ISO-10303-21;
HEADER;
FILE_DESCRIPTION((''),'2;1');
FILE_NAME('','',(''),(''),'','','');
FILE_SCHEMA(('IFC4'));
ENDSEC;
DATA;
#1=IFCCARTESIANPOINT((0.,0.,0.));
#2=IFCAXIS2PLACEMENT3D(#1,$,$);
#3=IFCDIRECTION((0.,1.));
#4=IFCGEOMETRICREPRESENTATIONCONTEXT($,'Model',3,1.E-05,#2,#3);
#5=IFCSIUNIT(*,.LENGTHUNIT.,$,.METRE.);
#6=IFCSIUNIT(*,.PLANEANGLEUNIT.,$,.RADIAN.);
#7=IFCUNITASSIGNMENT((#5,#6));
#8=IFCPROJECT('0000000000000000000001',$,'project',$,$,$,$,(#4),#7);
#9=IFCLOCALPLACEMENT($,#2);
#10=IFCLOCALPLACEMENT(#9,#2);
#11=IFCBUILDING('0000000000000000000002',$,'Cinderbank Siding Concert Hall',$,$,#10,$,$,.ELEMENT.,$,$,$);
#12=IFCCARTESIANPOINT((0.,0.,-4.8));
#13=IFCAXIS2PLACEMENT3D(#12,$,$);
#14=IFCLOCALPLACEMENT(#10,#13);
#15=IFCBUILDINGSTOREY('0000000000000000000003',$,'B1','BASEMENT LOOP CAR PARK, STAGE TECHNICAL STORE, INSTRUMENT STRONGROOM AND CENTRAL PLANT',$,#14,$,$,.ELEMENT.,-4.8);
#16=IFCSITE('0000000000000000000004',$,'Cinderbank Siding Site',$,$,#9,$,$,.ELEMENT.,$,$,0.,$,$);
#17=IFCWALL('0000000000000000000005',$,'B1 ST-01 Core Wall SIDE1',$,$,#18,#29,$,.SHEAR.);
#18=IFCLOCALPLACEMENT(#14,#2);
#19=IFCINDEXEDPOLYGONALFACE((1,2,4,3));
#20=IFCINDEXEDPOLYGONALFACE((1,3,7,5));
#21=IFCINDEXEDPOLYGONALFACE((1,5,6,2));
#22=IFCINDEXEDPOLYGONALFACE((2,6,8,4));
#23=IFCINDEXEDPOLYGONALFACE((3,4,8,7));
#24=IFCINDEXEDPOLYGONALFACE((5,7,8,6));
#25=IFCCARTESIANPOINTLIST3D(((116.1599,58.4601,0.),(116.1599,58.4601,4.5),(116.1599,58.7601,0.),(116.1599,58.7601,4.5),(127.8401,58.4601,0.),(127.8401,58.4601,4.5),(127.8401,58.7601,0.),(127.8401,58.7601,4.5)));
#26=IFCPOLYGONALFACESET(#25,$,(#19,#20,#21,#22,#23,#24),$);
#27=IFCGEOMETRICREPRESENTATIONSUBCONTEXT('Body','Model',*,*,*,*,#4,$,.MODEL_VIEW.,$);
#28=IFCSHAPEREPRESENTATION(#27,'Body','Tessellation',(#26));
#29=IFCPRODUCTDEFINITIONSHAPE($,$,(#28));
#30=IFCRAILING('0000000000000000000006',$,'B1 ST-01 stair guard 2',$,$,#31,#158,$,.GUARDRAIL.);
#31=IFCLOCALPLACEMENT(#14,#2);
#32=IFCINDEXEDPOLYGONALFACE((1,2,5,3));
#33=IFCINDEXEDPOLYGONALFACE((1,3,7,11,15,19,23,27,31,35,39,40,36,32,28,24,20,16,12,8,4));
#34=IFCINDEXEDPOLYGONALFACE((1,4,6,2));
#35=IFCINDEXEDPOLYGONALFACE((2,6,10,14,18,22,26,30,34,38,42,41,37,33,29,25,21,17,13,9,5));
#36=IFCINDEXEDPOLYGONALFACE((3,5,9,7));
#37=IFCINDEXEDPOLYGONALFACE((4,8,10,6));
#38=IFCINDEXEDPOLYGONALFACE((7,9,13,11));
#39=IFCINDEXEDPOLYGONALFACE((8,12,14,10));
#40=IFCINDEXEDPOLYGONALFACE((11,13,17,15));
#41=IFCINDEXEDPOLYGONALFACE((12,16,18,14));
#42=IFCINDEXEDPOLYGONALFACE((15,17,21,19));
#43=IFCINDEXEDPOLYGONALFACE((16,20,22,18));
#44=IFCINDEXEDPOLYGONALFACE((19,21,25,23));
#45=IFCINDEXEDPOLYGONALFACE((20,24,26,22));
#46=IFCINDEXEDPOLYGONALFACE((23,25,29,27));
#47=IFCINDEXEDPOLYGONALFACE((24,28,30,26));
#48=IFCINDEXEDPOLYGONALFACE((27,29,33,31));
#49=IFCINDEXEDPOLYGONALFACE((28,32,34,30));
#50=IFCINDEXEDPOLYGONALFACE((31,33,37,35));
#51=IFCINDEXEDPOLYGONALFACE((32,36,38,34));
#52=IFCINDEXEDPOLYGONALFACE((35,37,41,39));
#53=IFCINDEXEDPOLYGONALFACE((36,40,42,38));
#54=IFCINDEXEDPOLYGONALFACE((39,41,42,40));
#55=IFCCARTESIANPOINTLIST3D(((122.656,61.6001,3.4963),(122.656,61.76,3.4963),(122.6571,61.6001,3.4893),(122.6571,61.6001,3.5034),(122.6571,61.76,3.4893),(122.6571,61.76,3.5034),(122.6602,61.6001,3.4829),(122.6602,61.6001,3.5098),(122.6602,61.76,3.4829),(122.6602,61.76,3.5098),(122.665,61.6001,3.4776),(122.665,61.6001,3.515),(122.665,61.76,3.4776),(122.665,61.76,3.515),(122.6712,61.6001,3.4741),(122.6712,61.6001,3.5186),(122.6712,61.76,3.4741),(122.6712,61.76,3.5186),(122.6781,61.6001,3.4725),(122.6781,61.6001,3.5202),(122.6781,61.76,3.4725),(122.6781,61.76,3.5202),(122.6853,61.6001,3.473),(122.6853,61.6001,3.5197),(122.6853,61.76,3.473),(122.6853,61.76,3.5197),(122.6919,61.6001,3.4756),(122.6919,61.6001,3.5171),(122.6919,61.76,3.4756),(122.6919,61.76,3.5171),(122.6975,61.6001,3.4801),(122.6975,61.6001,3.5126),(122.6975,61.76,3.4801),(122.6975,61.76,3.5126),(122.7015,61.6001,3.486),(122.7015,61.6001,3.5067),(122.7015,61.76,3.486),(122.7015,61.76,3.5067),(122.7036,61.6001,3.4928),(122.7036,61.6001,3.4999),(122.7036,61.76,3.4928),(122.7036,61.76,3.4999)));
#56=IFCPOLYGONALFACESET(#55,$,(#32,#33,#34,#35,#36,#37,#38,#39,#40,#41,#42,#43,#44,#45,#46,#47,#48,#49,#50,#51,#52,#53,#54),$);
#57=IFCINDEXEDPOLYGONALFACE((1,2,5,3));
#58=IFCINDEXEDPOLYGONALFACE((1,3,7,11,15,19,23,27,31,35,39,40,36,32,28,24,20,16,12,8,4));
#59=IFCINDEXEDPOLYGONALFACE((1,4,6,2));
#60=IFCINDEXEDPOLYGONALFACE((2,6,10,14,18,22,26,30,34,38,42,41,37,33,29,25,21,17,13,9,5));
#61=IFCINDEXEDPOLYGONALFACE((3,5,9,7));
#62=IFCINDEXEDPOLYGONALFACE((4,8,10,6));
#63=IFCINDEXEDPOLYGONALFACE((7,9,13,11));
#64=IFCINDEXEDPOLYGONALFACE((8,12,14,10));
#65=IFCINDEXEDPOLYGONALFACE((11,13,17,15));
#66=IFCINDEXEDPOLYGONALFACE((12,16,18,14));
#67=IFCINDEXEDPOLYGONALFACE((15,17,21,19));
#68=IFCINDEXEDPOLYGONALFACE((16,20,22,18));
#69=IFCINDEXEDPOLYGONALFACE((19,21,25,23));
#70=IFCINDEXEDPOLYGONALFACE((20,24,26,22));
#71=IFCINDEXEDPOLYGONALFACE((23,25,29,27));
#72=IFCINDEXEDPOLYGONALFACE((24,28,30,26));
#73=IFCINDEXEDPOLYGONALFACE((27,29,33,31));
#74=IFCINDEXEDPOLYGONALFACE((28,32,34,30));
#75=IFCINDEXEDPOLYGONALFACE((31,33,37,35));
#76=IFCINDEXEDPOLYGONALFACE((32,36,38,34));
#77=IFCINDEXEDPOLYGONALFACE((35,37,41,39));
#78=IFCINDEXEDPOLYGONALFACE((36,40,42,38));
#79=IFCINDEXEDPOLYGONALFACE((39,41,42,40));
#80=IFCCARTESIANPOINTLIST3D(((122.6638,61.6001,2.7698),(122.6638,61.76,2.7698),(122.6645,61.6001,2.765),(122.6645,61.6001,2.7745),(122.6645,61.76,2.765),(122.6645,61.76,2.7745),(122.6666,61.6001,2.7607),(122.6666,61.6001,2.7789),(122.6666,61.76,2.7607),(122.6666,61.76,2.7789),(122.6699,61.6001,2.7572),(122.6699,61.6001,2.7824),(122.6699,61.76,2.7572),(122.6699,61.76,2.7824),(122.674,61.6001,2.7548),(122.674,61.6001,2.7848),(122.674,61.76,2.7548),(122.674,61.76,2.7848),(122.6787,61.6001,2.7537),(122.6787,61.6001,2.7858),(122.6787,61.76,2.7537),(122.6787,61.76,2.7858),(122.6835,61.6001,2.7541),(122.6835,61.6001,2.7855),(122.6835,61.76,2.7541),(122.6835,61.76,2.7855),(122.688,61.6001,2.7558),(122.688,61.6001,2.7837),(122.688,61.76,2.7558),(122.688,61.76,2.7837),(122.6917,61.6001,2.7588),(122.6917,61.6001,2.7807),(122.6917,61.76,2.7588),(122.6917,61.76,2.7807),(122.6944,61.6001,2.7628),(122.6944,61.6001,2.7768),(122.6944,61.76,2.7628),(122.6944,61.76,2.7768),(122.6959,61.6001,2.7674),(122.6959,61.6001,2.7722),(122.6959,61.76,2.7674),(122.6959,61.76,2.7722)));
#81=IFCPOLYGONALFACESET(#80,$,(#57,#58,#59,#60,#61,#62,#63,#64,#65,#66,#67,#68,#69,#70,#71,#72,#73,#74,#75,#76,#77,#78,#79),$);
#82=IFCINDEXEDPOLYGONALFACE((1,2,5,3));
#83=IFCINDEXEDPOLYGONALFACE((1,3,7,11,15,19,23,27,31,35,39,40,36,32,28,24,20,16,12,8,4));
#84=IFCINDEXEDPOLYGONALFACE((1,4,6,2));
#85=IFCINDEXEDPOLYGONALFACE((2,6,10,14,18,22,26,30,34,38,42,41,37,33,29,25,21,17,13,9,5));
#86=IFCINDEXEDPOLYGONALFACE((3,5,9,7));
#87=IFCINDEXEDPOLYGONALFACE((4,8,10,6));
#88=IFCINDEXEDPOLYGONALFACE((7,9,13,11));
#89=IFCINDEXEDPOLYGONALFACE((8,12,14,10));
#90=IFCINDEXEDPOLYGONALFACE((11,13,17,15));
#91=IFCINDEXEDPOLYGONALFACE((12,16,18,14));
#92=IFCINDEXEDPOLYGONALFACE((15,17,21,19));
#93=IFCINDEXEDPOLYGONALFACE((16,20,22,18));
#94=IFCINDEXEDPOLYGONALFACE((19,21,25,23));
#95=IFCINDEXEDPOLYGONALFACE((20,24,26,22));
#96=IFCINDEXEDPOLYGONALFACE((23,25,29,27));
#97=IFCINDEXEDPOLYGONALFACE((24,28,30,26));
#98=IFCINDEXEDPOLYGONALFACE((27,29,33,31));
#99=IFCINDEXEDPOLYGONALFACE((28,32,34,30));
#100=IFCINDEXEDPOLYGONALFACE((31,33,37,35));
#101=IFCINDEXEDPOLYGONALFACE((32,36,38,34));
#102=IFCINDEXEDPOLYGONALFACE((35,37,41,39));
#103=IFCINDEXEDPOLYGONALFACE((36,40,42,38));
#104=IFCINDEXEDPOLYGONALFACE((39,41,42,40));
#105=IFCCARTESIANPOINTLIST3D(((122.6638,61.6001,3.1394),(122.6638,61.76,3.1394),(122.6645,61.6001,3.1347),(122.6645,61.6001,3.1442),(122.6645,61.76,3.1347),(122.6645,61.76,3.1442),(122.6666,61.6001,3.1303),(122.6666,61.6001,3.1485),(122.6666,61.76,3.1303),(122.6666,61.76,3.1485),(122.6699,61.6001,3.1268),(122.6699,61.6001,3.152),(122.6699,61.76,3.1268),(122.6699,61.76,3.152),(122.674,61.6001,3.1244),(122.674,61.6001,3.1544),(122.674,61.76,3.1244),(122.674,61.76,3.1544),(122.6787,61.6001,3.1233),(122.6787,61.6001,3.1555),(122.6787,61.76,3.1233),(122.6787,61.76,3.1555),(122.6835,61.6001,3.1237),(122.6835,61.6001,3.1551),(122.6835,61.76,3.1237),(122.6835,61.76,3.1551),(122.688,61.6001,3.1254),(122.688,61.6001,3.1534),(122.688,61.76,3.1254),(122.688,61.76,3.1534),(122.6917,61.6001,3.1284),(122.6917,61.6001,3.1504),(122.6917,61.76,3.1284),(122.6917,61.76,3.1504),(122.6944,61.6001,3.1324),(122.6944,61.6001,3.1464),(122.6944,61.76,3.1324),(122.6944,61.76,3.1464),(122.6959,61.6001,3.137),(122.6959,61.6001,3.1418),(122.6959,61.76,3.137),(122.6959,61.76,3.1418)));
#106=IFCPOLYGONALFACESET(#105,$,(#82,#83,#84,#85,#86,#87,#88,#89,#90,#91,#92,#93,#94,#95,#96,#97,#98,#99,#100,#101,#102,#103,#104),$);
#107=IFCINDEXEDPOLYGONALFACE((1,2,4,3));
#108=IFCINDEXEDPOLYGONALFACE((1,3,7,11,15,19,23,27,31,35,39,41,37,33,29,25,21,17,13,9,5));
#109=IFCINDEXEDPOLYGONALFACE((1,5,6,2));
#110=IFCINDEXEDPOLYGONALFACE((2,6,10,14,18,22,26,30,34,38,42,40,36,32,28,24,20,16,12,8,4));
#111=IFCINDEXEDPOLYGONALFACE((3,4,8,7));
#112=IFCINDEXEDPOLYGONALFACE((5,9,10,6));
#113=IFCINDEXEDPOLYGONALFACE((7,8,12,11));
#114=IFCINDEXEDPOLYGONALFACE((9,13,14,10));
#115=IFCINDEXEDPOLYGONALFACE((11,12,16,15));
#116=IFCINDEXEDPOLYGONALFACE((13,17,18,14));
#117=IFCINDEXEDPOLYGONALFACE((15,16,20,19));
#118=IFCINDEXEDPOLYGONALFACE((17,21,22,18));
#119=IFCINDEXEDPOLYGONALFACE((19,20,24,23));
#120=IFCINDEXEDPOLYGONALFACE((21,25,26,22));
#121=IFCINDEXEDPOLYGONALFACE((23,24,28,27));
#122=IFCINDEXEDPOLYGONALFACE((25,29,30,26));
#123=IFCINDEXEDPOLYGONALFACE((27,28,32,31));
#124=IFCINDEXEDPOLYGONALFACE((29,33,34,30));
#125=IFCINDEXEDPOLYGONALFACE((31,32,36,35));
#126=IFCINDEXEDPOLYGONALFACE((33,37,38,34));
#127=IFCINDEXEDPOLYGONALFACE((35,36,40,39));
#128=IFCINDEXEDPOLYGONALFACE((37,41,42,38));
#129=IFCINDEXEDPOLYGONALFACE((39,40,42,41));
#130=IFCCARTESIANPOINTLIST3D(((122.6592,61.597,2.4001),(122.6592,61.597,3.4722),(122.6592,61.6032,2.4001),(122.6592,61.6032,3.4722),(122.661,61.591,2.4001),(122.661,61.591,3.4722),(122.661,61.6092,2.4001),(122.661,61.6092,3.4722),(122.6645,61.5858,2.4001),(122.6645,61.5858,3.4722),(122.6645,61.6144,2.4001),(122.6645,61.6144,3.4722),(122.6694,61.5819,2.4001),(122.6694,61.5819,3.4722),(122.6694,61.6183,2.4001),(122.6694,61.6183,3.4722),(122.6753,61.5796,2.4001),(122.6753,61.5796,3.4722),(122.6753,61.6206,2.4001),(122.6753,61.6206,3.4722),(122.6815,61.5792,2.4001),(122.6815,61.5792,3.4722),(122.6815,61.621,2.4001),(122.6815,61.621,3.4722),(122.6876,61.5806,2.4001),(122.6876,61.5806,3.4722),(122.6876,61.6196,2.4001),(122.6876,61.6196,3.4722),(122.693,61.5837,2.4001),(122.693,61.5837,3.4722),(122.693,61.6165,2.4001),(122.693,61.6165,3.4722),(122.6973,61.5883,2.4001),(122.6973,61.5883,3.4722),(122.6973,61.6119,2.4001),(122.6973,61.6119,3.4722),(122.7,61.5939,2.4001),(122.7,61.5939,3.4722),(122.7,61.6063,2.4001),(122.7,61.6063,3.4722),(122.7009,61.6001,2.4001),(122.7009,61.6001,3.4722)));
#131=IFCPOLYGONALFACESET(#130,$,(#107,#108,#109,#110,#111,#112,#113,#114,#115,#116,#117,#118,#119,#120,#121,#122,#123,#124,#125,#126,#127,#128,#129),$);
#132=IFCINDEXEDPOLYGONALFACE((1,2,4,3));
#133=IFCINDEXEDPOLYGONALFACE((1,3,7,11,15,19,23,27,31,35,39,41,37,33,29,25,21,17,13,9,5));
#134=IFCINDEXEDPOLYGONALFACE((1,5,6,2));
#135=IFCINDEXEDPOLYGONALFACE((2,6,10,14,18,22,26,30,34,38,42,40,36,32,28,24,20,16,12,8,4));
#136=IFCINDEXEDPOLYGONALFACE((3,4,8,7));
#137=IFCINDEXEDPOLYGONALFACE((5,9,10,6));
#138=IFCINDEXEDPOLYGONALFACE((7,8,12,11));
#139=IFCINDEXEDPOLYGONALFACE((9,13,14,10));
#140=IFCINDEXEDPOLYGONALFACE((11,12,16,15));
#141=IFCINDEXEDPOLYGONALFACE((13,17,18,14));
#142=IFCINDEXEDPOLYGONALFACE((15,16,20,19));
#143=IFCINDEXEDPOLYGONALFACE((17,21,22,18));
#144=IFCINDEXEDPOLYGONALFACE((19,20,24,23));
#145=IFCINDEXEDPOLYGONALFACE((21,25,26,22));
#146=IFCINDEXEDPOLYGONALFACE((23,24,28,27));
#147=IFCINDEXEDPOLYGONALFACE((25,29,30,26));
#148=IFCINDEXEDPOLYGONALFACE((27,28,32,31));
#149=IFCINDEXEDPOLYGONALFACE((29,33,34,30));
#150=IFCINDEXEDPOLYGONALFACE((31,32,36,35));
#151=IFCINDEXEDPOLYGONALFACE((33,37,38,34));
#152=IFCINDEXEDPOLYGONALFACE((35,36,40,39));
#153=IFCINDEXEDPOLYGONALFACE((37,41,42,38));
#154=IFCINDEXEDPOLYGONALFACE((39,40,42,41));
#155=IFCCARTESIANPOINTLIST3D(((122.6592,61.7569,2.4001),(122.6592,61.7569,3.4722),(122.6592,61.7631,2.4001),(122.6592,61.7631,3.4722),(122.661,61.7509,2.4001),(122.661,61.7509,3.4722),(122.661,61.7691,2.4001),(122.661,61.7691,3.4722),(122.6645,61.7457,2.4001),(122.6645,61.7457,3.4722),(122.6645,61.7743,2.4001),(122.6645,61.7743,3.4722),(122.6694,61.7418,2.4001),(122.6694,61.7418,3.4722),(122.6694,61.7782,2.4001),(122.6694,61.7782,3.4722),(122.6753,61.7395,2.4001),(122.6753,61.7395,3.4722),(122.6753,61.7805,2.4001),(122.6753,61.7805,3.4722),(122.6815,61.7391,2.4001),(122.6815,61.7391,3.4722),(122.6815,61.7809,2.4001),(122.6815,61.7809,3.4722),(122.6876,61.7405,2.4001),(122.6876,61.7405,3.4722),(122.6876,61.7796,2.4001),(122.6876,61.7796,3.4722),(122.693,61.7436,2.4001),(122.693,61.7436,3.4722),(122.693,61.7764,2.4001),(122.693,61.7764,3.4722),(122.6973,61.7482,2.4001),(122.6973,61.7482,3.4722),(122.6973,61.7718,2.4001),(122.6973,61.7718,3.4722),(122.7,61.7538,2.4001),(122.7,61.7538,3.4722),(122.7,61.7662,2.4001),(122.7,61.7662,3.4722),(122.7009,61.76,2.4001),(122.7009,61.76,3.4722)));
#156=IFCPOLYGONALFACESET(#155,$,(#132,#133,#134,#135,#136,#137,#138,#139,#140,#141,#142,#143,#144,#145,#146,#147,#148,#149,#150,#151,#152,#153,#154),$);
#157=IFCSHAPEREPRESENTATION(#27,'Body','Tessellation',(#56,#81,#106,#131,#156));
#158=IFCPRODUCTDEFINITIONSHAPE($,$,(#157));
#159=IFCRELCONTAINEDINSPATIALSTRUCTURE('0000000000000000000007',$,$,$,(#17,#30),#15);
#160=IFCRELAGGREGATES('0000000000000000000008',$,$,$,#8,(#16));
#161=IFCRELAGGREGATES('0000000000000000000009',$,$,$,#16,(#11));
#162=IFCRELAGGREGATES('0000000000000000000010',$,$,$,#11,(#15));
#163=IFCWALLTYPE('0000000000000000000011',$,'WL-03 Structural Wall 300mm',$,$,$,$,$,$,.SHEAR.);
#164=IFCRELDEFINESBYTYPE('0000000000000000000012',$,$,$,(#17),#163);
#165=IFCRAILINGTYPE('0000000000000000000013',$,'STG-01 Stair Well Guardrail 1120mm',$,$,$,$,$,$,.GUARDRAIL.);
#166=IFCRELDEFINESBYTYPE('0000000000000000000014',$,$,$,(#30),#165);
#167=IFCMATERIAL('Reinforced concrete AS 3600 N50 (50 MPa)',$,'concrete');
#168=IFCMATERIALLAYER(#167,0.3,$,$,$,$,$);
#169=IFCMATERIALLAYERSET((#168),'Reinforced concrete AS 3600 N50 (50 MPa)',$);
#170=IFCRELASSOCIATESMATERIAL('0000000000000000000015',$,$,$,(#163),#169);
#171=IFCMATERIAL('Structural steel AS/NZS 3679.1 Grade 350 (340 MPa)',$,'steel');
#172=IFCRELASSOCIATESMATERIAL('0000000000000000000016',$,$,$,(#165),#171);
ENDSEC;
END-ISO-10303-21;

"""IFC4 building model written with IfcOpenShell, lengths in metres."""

from ifc_helpers import new_model, si_unit, direction, frame, frame_2d, origin, origin_2d, place, context, subcontext, project, spatial, rectangle, circle, extrude, material, layer, layer_set, type_object, element, save


model = new_model("IFC4")

# Units and contexts
model_context = context("Model", 3, precision=1e-05, world=origin(), true_north=direction((0.0, 1.0)))
body_context = subcontext(model_context, "Body", "Model", "MODEL_VIEW")
ifc_project = project(units=[si_unit("LENGTHUNIT", "METRE"), si_unit("PLANEANGLEUNIT", "RADIAN")], contexts=[model_context])

# Site, building, storey
site_placement = place(None, origin())
site = spatial("IfcSite", under=ifc_project, at=site_placement, Name="Cinderbank Siding Site", CompositionType="ELEMENT", RefElevation=0.0)
building_placement = place(site_placement, origin())
building = spatial("IfcBuilding", under=site, at=building_placement, Name="Cinderbank Siding Concert Hall", CompositionType="ELEMENT")
storey_placement = place(building_placement, frame((0.0, 0.0, -4.8)))
storey = spatial("IfcBuildingStorey", under=building, at=storey_placement, Name="B1", Description="BASEMENT LOOP CAR PARK, STAGE TECHNICAL STORE, INSTRUMENT STRONGROOM AND CENTRAL PLANT", CompositionType="ELEMENT", Elevation=-4.8)

# Shared definitions
ifc_material_1 = material(Name="Reinforced concrete AS 3600 N50 (50 MPa)", Category="concrete")

# Shared definitions
ifc_material_2 = material(Name="Structural steel AS/NZS 3679.1 Grade 350 (340 MPa)", Category="steel")

# Wall
ifc_layer_1 = layer(ifc_material_1, 0.3)
ifc_layer_set_1 = layer_set([ifc_layer_1], Name="Reinforced concrete AS 3600 N50 (50 MPa)")
wall_type_1 = type_object("IfcWallType", Name="WL-03 Structural Wall 300mm", PredefinedType="SHEAR", material=ifc_layer_set_1)
wall_1_placement = place(storey_placement, frame((127.8401, 58.6101, 0.0), z_axis=(0.0, 0.0, 1.0), x_axis=(-1.0, 0.0, 0.0)))
element("IfcWall", 1, at=wall_1_placement, inside=storey, type_object=wall_type_1, Name="B1 ST-01 Core Wall SIDE1", PredefinedType="SHEAR", context=body_context, shape_type="SweptSolid", body=[
    extrude(rectangle(XDim=11.6802, YDim=0.3, at=frame_2d((5.8401, 0.0))), origin(), (0.0, 0.0, 1.0), 4.5),
])

# Railing
railing_type_1 = type_object("IfcRailingType", Name="STG-01 Stair Well Guardrail 1120mm", PredefinedType="GUARDRAIL", material=ifc_material_2)
railing_1_placement = place(storey_placement, frame((122.6799, 61.6001, 2.4001)))
element("IfcRailing", 2, at=railing_1_placement, inside=storey, type_object=railing_type_1, Name="B1 ST-01 stair guard 2", PredefinedType="GUARDRAIL", context=body_context, shape_type="SweptSolid", body=[
    extrude(circle(Radius=0.0239, at=origin_2d()), frame((0.0, 0.0, 1.0962), z_axis=(0.0, 1.0, 0.0), x_axis=(-1.0, 0.0, 0.0)), (0.0, 0.0, 1.0), 0.1599),
    extrude(circle(Radius=0.0161, at=origin_2d()), frame((0.0, 0.0, 0.3696), z_axis=(0.0, 1.0, 0.0), x_axis=(-1.0, 0.0, 0.0)), (0.0, 0.0, 1.0), 0.1599),
    extrude(circle(Radius=0.0161, at=origin_2d()), frame((0.0, 0.0, 0.7393), z_axis=(0.0, 1.0, 0.0), x_axis=(-1.0, 0.0, 0.0)), (0.0, 0.0, 1.0), 0.1599),
    extrude(circle(Radius=0.021, at=origin_2d()), origin(), (0.0, 0.0, 1.0), 1.072),
    extrude(circle(Radius=0.021, at=origin_2d()), frame((0.0, 0.1599, 0.0)), (0.0, 0.0, 1.0), 1.072),
])

save(model, "model.ifc")
